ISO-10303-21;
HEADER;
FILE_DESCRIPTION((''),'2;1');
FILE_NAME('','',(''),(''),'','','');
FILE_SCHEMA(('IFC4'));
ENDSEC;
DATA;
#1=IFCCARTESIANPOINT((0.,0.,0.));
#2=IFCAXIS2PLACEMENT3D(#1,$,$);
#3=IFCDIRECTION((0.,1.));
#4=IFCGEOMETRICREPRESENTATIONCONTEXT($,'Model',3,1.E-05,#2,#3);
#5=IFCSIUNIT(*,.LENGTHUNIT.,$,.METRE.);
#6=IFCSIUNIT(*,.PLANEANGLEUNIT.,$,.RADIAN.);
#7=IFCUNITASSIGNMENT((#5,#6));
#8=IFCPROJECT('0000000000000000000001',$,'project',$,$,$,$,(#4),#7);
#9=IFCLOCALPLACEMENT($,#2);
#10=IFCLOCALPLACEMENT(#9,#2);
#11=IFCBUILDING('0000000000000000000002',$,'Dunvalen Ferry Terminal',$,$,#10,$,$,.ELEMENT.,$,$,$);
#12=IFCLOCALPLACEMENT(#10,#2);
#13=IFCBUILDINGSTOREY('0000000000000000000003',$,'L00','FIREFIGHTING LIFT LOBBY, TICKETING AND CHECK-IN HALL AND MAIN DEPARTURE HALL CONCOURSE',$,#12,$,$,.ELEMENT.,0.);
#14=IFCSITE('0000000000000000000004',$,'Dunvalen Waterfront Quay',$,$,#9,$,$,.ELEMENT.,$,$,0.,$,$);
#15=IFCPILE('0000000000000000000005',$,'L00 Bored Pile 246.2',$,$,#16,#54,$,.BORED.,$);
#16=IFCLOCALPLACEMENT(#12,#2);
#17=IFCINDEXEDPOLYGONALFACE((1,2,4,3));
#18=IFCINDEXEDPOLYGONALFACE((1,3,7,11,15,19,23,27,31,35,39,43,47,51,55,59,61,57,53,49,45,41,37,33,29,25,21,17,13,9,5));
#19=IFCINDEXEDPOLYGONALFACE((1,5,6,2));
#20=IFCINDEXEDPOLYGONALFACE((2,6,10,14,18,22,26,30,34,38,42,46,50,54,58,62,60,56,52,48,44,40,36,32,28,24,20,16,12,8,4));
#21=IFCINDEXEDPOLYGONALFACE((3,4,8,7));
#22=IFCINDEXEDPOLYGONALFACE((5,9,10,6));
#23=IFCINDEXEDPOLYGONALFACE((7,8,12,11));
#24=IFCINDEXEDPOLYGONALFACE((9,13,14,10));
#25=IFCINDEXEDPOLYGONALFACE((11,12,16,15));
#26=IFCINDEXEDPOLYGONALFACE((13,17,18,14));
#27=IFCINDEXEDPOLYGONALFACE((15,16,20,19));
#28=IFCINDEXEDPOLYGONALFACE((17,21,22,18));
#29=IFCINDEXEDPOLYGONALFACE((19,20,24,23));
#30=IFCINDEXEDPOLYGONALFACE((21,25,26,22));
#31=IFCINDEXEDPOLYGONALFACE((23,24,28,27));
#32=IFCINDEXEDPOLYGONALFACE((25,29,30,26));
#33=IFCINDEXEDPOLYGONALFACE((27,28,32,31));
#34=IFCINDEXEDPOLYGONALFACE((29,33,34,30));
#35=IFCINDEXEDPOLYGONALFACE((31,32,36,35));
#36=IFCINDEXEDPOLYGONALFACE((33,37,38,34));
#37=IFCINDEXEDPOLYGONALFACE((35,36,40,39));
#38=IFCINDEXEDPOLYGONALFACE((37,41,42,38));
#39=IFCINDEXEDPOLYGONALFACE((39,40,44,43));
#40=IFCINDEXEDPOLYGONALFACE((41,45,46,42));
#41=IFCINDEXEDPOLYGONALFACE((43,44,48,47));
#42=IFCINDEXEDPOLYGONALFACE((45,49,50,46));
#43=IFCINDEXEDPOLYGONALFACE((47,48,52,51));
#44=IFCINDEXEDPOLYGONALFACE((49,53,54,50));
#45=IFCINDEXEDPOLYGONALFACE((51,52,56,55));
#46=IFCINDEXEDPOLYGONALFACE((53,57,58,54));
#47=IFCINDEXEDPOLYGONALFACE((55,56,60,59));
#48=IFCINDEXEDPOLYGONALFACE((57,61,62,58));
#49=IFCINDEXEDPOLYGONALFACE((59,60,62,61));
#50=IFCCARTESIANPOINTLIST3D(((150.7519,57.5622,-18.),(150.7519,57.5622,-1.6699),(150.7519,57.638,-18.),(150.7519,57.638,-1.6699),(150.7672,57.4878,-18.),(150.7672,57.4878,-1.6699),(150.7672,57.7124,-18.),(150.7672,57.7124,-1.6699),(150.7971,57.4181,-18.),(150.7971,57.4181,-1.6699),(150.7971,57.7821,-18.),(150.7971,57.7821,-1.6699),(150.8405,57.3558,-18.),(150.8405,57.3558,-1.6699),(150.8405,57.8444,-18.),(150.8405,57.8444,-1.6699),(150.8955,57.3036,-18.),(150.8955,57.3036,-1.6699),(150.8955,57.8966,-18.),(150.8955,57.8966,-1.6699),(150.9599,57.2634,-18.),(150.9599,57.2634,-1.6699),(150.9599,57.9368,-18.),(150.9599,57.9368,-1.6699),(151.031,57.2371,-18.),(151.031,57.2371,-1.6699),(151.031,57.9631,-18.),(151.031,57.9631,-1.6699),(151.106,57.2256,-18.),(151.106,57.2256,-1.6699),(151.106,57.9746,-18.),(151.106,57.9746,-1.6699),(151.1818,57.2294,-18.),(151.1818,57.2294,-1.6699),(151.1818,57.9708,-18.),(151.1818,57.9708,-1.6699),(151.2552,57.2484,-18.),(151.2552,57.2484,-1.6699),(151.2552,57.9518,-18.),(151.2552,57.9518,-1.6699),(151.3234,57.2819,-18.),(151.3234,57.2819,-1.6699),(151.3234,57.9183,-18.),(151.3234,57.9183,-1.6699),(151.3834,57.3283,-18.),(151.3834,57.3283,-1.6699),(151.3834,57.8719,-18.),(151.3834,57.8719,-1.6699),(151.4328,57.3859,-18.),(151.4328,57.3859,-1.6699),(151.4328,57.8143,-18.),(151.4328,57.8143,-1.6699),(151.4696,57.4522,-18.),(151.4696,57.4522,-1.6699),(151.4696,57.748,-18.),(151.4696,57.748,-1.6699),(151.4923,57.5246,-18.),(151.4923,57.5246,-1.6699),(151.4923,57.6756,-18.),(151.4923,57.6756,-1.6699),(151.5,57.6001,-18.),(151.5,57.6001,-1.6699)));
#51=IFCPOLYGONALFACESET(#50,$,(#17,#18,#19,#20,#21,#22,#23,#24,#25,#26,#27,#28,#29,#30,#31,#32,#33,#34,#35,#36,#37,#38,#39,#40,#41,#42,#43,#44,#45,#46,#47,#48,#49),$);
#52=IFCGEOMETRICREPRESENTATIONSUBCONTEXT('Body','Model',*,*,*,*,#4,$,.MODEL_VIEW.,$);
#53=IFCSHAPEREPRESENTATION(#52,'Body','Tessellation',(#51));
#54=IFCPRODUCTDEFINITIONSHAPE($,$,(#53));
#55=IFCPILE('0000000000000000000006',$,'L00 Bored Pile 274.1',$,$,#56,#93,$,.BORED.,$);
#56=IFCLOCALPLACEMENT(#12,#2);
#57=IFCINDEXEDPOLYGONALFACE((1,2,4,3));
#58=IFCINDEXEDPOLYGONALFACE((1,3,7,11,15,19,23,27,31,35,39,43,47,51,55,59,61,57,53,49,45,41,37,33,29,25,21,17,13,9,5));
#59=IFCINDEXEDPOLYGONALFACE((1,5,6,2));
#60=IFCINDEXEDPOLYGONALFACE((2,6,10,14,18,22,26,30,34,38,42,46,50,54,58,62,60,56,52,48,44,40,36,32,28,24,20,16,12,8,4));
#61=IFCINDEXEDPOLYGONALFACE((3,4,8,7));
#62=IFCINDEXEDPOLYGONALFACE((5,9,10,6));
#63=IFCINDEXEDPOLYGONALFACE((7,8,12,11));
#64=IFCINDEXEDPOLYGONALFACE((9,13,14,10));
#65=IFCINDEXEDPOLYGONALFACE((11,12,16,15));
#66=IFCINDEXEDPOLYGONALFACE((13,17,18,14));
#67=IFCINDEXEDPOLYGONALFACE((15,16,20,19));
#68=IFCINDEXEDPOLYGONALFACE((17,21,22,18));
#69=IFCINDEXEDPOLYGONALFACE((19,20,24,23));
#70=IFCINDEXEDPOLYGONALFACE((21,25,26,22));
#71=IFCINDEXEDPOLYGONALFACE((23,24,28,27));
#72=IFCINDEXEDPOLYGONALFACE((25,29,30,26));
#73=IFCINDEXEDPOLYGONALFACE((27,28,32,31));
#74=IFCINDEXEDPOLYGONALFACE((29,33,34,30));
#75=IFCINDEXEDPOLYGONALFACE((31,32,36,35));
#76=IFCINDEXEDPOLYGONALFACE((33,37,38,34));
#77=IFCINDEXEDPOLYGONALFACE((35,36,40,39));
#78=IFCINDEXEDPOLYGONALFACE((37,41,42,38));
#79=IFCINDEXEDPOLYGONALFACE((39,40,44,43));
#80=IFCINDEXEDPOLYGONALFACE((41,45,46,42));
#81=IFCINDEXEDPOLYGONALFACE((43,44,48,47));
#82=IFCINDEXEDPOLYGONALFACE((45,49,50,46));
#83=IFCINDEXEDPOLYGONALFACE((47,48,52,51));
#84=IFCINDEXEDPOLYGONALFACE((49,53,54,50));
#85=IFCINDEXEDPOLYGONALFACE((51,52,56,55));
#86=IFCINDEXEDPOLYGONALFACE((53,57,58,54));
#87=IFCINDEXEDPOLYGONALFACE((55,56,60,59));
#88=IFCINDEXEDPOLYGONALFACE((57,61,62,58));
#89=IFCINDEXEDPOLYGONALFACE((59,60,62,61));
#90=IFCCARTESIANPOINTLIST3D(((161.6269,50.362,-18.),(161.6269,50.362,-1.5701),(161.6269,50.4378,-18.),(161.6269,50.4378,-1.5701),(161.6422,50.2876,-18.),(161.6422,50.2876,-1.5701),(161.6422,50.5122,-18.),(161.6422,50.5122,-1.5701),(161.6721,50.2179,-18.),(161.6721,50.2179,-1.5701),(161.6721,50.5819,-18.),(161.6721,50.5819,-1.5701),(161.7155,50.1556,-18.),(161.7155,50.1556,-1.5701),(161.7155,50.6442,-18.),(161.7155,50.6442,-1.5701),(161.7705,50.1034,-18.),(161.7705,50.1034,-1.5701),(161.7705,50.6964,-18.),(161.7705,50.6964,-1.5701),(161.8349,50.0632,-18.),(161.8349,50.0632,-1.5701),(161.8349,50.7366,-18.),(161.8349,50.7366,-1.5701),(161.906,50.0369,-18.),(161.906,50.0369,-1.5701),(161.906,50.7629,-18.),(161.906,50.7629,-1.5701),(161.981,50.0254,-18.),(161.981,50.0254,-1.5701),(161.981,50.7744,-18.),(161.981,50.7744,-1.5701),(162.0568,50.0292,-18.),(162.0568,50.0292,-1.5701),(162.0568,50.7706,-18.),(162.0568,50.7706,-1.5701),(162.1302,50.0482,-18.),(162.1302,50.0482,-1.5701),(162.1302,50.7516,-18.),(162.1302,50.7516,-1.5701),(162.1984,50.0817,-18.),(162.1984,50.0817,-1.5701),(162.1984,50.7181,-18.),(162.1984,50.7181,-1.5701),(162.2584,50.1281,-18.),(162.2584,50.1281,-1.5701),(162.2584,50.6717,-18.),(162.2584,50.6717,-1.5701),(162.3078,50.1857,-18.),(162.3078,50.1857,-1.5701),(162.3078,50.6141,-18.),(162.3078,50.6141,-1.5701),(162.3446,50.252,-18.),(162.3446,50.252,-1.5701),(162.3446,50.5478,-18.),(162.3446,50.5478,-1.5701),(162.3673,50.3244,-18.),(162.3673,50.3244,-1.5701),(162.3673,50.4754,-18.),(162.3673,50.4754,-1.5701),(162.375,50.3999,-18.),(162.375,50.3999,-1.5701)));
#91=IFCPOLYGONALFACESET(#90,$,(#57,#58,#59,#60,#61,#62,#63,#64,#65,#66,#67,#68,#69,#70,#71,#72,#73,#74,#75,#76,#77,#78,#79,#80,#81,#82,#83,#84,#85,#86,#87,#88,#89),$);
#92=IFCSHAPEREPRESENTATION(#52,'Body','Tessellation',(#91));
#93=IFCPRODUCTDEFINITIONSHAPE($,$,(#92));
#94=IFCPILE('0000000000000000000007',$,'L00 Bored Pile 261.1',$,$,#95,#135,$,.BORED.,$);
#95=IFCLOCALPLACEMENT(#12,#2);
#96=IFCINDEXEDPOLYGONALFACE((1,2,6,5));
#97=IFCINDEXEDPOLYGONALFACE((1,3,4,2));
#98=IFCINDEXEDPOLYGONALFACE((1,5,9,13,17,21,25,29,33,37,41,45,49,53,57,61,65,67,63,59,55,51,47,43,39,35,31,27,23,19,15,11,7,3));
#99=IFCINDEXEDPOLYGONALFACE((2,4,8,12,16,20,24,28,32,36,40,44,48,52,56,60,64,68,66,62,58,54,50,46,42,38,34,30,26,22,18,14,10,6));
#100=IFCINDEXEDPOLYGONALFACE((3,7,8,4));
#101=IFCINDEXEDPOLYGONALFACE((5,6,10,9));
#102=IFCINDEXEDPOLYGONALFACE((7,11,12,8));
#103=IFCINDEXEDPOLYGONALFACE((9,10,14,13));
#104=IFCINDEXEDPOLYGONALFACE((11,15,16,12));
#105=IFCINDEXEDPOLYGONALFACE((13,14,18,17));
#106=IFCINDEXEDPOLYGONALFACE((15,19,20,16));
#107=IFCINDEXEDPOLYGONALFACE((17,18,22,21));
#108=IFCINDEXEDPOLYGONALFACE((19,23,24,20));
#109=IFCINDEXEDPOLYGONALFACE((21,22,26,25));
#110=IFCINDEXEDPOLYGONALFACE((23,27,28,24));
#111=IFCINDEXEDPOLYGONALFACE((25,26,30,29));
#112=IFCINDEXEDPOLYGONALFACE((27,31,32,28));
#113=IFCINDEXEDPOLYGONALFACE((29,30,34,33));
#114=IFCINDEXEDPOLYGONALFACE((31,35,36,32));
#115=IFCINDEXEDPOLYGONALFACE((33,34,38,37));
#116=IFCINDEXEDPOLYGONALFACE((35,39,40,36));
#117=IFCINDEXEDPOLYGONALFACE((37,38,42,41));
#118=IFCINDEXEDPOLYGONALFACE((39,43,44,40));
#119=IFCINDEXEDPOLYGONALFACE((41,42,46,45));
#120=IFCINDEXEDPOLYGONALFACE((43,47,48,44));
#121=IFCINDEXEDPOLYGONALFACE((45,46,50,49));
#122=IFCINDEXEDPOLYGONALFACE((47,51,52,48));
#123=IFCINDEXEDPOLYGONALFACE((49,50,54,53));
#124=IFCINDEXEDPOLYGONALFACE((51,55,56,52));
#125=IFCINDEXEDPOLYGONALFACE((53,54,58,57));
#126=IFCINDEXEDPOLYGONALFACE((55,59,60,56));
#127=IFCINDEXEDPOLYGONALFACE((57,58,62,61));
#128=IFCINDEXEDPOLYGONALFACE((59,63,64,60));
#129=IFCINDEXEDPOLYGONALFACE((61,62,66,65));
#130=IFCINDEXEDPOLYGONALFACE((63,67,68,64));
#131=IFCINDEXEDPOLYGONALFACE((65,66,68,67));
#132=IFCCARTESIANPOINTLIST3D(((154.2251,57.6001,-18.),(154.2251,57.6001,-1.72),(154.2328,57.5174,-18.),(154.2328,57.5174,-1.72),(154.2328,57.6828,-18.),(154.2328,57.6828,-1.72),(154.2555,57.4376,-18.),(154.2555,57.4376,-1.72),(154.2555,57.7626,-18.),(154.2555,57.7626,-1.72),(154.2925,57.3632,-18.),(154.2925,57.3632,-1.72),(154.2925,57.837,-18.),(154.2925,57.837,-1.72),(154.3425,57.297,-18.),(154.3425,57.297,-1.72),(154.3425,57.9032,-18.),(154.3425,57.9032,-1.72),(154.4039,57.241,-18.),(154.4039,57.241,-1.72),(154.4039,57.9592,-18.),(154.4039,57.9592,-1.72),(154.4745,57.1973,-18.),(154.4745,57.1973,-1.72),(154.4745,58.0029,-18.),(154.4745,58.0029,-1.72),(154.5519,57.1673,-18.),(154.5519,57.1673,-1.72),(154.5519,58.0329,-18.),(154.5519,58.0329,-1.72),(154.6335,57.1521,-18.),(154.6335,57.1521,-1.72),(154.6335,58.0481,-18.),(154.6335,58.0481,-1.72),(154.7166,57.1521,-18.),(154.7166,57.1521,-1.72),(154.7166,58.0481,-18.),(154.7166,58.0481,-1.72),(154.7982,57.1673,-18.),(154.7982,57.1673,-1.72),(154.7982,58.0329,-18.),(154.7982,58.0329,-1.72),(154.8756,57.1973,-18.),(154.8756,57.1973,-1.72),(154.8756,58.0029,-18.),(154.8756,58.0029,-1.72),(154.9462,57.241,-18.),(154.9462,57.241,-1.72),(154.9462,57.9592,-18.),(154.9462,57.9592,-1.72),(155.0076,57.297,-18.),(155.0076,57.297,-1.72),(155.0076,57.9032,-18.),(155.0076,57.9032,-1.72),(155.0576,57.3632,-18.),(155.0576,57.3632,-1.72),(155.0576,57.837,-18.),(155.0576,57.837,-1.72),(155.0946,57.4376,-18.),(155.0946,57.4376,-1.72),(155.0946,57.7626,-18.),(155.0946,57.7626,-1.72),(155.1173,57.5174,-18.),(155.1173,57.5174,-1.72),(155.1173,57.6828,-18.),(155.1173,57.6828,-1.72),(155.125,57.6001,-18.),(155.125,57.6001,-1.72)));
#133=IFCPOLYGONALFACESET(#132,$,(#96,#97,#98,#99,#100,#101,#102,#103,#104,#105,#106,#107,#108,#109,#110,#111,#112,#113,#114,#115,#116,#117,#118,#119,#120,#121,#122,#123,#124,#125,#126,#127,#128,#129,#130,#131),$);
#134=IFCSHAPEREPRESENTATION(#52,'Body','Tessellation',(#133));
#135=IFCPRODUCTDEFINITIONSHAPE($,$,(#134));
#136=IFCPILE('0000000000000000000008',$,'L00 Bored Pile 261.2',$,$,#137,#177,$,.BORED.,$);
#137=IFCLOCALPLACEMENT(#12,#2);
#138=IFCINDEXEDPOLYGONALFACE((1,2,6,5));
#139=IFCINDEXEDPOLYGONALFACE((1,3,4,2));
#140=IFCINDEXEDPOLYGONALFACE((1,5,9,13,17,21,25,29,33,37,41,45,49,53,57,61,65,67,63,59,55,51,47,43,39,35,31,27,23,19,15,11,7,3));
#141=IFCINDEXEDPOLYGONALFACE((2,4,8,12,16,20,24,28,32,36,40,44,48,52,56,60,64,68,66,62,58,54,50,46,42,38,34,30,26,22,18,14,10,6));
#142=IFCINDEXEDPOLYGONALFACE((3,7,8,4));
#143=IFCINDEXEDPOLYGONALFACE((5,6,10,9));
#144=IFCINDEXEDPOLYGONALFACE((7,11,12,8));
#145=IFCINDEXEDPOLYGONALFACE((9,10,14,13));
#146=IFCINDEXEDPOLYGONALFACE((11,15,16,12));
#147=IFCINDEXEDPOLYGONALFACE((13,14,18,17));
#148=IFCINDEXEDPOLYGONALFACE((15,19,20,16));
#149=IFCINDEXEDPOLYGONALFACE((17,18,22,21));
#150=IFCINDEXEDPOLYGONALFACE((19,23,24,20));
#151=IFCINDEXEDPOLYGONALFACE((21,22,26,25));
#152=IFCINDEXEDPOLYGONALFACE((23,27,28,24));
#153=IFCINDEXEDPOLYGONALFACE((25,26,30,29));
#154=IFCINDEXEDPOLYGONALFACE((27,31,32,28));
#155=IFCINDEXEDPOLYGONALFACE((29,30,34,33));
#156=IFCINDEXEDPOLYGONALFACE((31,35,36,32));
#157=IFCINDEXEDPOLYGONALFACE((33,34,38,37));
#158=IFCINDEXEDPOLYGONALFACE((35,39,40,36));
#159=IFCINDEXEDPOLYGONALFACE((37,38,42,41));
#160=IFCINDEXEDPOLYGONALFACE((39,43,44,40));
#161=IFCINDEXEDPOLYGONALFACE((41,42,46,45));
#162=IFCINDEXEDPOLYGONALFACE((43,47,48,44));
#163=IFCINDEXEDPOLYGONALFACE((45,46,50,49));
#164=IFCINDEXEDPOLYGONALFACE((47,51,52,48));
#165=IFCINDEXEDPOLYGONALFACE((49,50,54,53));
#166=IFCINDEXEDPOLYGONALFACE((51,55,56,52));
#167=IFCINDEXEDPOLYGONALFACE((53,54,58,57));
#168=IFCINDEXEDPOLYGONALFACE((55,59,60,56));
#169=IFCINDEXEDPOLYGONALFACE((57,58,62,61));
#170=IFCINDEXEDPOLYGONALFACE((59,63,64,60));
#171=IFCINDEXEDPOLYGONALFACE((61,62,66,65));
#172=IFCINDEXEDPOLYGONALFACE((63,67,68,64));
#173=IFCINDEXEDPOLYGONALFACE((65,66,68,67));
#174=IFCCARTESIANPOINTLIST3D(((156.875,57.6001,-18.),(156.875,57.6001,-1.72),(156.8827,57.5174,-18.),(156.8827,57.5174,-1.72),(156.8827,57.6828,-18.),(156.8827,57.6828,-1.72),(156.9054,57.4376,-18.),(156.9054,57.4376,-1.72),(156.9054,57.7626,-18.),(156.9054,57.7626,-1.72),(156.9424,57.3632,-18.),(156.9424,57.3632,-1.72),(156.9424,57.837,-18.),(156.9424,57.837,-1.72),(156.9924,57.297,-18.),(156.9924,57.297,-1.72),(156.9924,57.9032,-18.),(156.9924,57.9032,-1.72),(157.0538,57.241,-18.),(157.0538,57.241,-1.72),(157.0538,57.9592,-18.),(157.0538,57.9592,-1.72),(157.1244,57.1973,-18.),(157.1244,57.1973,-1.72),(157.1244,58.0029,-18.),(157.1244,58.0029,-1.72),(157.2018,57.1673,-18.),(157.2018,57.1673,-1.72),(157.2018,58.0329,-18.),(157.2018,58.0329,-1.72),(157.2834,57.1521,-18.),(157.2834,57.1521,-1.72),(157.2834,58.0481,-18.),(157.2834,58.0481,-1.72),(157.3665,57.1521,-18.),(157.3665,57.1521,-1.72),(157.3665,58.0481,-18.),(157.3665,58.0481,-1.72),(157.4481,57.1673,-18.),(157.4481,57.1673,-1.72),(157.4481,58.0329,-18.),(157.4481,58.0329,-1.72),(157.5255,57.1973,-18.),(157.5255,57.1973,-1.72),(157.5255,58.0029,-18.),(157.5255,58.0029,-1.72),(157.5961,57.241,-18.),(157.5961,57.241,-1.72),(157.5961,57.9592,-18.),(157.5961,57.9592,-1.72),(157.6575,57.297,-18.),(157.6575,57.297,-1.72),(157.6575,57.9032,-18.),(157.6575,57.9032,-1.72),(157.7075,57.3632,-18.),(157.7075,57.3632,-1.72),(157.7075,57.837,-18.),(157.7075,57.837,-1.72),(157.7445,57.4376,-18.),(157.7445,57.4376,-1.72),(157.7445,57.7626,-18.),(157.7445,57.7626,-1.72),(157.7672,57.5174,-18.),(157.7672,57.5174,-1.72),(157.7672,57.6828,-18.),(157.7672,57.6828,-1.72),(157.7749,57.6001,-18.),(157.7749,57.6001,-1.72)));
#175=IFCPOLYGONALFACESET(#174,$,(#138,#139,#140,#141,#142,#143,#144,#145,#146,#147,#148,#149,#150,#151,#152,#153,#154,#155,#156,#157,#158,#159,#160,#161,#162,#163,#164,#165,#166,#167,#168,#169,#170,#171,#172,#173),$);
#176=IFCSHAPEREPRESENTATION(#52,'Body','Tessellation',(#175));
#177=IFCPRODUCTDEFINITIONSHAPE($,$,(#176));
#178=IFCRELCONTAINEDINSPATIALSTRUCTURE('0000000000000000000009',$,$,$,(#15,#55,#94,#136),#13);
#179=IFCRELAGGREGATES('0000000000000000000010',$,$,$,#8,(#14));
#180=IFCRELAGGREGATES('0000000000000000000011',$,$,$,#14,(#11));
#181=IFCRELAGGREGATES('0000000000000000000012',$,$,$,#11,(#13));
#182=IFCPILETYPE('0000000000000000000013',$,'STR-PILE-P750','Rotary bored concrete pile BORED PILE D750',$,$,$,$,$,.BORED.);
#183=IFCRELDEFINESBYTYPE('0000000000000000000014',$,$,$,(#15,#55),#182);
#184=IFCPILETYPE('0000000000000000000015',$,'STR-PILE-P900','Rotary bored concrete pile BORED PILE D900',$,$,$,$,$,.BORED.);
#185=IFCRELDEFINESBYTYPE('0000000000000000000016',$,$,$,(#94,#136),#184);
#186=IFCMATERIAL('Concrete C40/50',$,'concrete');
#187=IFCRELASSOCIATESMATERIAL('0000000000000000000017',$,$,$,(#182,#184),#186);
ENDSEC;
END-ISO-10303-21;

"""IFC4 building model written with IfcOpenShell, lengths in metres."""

from ifc_helpers import new_model, si_unit, direction, frame, origin, origin_2d, place, context, subcontext, project, spatial, circle, extrude, material, material_profile, profile_set, type_object, element, save


model = new_model("IFC4")

# Units and contexts
model_context = context("Model", 3, precision=1e-05, world=origin(), true_north=direction((0.0, 1.0)))
body_context = subcontext(model_context, "Body", "Model", "MODEL_VIEW")
ifc_project = project(units=[si_unit("LENGTHUNIT", "METRE"), si_unit("PLANEANGLEUNIT", "RADIAN")], contexts=[model_context])

# Site, building, storey
site_placement = place(None, origin())
site = spatial("IfcSite", under=ifc_project, at=site_placement, Name="Dunvalen Waterfront Quay", CompositionType="ELEMENT", RefElevation=0.0)
building_placement = place(site_placement, origin())
building = spatial("IfcBuilding", under=site, at=building_placement, Name="Dunvalen Ferry Terminal", CompositionType="ELEMENT")
storey_placement = place(building_placement, origin())
storey = spatial("IfcBuildingStorey", under=building, at=storey_placement, Name="L00", Description="FIREFIGHTING LIFT LOBBY, TICKETING AND CHECK-IN HALL AND MAIN DEPARTURE HALL CONCOURSE", CompositionType="ELEMENT", Elevation=0.0)

# Shared definitions
ifc_material_1 = material(Name="Concrete C40/50", Category="concrete")

# Piles
ifc_material_profile_1 = material_profile(ifc_material_1, circle(Radius=0.375, at=origin_2d()), Name="Concrete C40/50")
ifc_profile_set_1 = profile_set([ifc_material_profile_1], Name="Concrete C40/50")
pile_type_1 = type_object("IfcPileType", Name="STR-PILE-P750", Description="Rotary bored concrete pile BORED PILE D750", PredefinedType="BORED", material=ifc_profile_set_1)
pile_1_placement = place(storey_placement, frame((151.125, 57.6001, -1.6699), z_axis=(0.0, 0.0, -1.0), x_axis=(1.0, 0.0, 0.0)))
element("IfcPile", 1, at=pile_1_placement, inside=storey, type_object=pile_type_1, Name="L00 Bored Pile 246.2", PredefinedType="BORED", context=body_context, shape_type="SweptSolid", body=[
    extrude(circle(Radius=0.375, at=origin_2d()), origin(), (0.0, 0.0, 1.0), 16.3301),
])
pile_2_placement = place(storey_placement, frame((162.0, 50.3999, -1.5701), z_axis=(0.0, 0.0, -1.0), x_axis=(1.0, 0.0, 0.0)))
element("IfcPile", 2, at=pile_2_placement, inside=storey, type_object=pile_type_1, Name="L00 Bored Pile 274.1", PredefinedType="BORED", context=body_context, shape_type="SweptSolid", body=[
    extrude(circle(Radius=0.375, at=origin_2d()), origin(), (0.0, 0.0, 1.0), 16.4299),
])
ifc_material_profile_2 = material_profile(ifc_material_1, circle(Radius=0.45, at=origin_2d()), Name="Concrete C40/50")
ifc_profile_set_2 = profile_set([ifc_material_profile_2], Name="Concrete C40/50")
pile_type_2 = type_object("IfcPileType", Name="STR-PILE-P900", Description="Rotary bored concrete pile BORED PILE D900", PredefinedType="BORED", material=ifc_profile_set_2)
for number, where, z_axis, x_axis, name in (
    (3, (154.675, 57.6001, -1.72), (0.0, 0.0, -1.0), (1.0, 0.0, 0.0), "L00 Bored Pile 261.1"),
    (4, (157.325, 57.6001, -1.72), (0.0, 0.0, -1.0), (1.0, 0.0, 0.0), "L00 Bored Pile 261.2"),
):
    element("IfcPile", number, at=place(storey_placement, frame(where, z_axis=z_axis, x_axis=x_axis)), inside=storey, type_object=pile_type_2, Name=name, PredefinedType="BORED", context=body_context, shape_type="SweptSolid", body=[
        extrude(circle(Radius=0.45, at=origin_2d()), origin(), (0.0, 0.0, 1.0), 16.28),
    ])

save(model, "model.ifc")
